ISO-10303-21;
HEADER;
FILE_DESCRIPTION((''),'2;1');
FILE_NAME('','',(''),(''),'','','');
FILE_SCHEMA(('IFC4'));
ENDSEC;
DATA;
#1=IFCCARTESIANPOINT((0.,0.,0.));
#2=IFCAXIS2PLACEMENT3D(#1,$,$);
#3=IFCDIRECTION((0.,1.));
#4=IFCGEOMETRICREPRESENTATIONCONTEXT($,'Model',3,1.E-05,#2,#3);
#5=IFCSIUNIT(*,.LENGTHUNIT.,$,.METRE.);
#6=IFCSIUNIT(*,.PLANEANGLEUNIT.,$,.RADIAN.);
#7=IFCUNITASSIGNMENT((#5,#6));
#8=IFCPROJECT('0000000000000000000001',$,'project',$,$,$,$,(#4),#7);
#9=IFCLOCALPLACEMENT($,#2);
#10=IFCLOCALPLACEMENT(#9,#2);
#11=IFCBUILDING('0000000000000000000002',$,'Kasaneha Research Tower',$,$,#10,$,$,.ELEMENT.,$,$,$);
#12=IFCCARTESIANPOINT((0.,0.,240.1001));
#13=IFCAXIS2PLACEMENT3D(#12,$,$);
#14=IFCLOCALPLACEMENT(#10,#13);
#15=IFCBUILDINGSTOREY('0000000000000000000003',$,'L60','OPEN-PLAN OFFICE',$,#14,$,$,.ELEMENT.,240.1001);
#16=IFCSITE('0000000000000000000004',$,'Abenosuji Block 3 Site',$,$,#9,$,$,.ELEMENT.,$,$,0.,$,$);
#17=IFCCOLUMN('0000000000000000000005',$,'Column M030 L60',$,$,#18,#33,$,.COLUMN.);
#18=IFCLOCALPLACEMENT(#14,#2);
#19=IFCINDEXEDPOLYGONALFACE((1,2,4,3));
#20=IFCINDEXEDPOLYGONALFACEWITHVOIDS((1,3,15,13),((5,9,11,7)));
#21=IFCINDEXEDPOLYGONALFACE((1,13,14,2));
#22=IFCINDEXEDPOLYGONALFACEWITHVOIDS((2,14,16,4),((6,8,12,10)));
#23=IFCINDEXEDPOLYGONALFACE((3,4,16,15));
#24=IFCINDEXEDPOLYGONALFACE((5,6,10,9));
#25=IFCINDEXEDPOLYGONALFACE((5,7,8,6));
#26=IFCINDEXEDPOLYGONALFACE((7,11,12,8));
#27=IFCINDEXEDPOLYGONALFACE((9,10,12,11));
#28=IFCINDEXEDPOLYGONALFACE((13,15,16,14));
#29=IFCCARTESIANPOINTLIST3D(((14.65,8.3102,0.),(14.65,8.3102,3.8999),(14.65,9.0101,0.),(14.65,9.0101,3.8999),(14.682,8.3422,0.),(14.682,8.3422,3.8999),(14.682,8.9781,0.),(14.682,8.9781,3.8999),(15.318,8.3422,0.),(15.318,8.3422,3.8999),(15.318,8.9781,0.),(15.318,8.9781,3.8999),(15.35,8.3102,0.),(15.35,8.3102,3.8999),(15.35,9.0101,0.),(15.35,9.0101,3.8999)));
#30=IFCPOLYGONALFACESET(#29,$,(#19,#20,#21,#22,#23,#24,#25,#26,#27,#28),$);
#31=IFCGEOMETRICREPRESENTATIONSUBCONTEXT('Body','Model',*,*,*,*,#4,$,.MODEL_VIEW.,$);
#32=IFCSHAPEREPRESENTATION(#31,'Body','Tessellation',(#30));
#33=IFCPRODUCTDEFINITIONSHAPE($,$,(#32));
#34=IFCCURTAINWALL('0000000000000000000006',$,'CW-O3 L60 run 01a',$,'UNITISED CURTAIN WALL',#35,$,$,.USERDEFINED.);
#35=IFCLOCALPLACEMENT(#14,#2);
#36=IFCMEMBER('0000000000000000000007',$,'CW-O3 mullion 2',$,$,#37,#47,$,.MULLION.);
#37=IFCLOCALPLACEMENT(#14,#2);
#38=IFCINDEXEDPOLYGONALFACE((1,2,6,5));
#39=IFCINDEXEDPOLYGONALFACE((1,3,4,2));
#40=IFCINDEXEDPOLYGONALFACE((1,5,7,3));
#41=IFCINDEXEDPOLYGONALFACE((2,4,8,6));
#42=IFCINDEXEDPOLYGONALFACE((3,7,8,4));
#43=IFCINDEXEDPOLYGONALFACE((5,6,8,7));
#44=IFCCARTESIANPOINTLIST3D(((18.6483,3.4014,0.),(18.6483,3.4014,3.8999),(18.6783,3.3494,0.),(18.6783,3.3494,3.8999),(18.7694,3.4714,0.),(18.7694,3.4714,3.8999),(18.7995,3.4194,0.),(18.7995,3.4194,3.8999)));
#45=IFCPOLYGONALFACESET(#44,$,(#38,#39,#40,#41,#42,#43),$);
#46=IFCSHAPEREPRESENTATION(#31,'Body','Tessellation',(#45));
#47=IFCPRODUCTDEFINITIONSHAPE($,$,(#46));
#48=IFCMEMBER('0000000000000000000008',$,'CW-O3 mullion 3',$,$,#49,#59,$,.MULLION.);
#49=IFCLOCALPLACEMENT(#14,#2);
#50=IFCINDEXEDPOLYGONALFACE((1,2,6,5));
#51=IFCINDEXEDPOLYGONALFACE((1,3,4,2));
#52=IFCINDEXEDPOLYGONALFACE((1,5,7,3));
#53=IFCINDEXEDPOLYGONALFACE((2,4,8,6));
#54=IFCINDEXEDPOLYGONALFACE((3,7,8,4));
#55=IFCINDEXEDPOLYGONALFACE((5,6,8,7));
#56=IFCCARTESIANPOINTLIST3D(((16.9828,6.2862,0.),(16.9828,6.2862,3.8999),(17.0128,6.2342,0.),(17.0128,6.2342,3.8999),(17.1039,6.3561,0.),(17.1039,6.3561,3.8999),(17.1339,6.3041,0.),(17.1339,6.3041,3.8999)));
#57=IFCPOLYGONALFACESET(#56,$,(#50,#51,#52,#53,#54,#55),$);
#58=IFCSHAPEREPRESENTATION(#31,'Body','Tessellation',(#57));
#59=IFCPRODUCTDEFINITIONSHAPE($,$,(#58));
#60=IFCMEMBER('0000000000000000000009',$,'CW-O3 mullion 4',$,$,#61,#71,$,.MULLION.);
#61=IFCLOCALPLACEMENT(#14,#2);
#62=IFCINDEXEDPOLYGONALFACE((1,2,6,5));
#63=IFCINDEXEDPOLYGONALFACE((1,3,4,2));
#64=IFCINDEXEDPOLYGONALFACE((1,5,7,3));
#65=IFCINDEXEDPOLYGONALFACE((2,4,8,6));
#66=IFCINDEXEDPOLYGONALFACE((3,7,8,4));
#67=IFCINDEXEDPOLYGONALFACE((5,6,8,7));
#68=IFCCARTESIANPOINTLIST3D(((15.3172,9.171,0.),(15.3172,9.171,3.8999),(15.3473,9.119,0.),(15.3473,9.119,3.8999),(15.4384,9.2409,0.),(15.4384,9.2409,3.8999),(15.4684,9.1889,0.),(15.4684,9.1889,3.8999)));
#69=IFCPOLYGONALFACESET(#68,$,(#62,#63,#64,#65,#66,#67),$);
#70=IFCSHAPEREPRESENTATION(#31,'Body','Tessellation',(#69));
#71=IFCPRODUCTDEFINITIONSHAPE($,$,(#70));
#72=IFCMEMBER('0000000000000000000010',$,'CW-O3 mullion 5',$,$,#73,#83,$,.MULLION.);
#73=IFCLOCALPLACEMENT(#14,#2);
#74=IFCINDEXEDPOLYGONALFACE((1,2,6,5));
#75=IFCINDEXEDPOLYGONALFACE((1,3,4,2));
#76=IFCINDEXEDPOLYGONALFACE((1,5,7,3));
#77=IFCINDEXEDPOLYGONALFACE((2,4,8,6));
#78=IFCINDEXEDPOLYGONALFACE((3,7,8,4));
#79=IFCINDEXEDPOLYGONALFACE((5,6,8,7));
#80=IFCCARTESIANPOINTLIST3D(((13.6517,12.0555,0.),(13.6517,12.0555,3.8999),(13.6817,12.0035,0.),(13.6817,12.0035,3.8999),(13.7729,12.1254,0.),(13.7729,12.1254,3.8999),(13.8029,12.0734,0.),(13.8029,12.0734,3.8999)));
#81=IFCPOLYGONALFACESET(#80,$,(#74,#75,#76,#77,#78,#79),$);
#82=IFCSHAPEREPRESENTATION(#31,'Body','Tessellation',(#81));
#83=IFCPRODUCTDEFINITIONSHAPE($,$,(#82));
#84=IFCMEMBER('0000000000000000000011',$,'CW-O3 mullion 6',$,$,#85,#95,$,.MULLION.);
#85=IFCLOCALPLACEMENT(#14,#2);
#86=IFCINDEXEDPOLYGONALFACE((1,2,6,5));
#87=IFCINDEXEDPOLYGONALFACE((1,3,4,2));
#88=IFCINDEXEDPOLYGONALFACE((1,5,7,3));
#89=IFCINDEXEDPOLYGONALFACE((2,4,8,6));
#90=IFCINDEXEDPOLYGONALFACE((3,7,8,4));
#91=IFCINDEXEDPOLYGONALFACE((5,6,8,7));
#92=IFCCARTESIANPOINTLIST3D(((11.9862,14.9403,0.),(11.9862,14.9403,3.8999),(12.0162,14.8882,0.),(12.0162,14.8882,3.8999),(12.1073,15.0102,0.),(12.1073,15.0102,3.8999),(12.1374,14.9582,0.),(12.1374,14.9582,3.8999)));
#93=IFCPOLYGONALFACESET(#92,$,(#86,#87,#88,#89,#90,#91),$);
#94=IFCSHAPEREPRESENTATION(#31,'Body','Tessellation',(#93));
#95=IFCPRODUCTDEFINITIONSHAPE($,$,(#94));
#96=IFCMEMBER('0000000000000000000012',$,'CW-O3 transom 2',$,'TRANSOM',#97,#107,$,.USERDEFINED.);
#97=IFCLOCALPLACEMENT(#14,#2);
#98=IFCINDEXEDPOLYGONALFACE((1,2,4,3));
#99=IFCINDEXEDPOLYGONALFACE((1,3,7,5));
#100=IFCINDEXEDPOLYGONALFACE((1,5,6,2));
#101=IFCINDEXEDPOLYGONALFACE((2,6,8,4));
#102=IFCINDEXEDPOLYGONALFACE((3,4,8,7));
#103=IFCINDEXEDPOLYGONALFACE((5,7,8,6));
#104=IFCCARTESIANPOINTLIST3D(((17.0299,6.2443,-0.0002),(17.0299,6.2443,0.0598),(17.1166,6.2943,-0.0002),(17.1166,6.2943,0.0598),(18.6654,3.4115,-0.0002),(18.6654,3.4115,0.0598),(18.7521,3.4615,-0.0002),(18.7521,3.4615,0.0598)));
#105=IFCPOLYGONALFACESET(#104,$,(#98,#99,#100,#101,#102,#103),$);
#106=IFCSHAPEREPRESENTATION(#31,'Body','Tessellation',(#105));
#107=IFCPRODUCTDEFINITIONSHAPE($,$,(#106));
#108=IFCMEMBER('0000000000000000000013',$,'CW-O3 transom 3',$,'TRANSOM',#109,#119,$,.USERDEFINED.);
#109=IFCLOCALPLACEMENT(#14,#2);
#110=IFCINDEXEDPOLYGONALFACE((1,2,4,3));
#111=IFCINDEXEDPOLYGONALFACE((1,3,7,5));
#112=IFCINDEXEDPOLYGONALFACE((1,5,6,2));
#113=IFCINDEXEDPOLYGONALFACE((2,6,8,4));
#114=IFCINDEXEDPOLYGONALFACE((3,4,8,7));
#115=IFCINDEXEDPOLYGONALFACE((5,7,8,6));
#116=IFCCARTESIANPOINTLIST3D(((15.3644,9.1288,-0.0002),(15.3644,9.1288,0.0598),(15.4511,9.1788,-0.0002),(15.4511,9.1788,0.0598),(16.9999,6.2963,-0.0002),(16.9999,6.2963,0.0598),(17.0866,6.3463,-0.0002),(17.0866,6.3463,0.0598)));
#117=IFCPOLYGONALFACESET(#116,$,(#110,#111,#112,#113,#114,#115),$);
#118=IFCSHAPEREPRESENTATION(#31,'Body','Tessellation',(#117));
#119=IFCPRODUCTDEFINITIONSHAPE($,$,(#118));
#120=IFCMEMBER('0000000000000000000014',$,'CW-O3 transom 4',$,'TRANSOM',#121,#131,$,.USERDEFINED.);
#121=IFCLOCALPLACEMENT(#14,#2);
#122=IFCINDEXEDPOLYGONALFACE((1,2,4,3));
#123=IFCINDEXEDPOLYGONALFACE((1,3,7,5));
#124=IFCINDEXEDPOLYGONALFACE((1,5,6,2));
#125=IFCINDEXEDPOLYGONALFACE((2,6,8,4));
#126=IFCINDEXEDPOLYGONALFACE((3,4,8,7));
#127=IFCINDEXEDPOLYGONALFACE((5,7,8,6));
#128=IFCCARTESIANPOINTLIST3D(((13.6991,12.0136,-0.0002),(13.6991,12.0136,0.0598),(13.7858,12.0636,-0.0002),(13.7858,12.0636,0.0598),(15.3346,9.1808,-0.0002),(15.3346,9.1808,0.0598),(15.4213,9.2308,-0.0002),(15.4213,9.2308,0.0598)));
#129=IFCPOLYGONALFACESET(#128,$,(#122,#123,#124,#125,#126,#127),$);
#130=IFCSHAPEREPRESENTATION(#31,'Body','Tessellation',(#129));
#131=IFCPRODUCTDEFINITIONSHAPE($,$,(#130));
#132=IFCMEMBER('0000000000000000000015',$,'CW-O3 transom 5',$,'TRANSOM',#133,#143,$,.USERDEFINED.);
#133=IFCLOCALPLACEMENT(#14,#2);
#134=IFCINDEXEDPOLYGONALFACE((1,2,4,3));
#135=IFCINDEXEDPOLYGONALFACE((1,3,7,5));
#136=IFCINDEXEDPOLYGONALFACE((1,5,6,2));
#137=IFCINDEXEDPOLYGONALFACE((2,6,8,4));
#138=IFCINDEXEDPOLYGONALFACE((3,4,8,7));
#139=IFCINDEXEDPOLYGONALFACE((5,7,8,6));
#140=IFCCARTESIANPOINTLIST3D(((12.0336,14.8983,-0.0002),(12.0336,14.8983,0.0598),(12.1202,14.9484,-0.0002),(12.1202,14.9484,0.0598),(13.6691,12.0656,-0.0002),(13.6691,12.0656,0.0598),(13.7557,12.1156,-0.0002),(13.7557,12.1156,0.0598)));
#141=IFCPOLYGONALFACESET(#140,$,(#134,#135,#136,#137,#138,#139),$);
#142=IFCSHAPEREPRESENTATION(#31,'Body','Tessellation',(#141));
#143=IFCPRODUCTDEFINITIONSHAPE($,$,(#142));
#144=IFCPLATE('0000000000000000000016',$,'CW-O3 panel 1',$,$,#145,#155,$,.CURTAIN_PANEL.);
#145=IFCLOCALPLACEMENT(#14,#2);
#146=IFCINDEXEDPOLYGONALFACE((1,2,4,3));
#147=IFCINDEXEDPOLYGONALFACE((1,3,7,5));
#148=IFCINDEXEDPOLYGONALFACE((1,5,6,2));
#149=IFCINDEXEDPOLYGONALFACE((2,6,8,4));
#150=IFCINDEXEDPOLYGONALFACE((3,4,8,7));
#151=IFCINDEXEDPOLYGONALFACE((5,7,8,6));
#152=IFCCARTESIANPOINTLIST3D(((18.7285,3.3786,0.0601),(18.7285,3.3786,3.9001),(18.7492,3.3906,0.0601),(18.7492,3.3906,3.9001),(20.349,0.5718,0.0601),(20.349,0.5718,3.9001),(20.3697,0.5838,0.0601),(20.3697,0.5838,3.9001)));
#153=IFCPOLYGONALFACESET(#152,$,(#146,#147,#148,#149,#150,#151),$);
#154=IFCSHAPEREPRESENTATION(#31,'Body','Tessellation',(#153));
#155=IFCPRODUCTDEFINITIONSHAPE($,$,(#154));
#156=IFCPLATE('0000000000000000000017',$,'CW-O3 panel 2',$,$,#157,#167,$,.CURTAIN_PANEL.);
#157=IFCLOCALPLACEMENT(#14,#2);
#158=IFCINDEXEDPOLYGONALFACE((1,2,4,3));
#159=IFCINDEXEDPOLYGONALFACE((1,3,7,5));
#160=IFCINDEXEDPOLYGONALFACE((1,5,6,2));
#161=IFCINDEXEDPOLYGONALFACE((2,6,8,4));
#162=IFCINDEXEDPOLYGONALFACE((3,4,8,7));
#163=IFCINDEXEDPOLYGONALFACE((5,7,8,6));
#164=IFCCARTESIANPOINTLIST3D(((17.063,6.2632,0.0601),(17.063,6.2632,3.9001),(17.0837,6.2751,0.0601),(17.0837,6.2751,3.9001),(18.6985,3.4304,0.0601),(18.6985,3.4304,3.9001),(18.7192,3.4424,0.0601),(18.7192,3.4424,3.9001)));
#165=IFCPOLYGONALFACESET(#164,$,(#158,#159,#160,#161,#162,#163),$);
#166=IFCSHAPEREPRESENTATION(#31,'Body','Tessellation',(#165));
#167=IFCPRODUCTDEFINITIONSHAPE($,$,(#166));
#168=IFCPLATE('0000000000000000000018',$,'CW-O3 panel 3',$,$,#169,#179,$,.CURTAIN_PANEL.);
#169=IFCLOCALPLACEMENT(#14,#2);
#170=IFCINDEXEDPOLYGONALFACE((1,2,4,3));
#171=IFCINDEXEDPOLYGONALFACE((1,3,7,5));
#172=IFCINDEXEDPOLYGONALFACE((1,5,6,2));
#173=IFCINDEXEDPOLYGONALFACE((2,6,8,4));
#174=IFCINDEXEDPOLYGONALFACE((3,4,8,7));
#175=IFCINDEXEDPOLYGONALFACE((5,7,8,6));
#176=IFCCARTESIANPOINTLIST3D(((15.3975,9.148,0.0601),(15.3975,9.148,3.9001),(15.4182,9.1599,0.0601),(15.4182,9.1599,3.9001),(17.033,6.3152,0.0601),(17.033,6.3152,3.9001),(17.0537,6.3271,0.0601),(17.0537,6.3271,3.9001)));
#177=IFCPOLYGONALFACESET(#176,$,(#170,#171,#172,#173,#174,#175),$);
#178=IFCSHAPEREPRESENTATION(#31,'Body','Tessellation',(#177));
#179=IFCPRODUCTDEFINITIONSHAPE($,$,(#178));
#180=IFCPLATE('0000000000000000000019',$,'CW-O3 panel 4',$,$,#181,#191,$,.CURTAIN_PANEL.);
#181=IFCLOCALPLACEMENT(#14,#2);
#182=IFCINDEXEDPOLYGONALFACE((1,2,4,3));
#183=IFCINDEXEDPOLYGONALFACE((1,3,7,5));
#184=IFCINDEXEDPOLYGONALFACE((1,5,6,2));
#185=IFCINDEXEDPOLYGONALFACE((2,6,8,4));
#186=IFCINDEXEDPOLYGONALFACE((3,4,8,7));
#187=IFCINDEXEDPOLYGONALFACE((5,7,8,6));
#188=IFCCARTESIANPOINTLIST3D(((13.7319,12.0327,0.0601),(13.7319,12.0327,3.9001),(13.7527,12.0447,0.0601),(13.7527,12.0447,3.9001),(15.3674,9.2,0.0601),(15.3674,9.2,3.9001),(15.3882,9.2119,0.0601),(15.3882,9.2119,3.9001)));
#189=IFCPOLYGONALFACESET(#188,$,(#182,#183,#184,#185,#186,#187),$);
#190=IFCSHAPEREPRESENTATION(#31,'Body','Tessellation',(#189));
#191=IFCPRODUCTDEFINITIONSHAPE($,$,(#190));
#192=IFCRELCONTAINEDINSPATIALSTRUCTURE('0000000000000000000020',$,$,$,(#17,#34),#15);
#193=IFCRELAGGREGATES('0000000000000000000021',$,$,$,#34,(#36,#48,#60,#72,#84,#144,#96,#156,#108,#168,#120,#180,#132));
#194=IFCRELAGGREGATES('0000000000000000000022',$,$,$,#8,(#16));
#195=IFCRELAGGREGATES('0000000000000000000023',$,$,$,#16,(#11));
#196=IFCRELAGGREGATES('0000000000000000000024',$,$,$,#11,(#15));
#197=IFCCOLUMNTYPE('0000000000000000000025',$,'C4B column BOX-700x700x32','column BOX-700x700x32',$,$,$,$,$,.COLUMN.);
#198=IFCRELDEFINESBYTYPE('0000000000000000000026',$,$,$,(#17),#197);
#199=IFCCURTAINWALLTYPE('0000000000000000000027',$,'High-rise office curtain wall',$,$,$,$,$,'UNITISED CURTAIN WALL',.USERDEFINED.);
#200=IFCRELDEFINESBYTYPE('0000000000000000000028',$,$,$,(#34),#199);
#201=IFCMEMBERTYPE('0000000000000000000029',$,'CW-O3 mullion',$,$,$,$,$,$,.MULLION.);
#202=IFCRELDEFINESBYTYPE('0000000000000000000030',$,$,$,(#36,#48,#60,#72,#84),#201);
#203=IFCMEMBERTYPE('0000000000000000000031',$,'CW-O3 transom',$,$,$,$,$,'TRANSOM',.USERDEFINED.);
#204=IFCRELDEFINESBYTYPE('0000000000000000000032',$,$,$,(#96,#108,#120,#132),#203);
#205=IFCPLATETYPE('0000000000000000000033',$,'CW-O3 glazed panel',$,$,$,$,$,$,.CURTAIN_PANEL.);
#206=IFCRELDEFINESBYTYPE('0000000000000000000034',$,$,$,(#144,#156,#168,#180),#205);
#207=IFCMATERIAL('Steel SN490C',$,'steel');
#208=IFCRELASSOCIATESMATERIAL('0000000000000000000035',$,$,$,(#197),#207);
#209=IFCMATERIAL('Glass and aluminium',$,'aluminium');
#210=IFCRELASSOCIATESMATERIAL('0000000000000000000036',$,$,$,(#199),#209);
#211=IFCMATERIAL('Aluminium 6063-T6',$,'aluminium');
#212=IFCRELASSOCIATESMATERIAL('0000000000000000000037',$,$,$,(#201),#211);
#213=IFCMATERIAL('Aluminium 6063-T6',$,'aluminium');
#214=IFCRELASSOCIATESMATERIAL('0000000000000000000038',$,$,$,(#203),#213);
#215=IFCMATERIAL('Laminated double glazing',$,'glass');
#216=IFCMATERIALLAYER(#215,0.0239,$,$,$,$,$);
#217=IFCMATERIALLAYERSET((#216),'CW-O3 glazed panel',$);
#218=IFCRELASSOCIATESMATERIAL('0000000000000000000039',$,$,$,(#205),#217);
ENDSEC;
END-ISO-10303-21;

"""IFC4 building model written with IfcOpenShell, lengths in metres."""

from ifc_helpers import new_model, si_unit, direction, frame, origin, origin_2d, place, context, subcontext, project, spatial, rectangle, hollow_rectangle, extrude, material, layer, layer_set, material_profile, profile_set, type_object, element, aggregate, save


model = new_model("IFC4")

# Units and contexts
model_context = context("Model", 3, precision=1e-05, world=origin(), true_north=direction((0.0, 1.0)))
body_context = subcontext(model_context, "Body", "Model", "MODEL_VIEW")
ifc_project = project(units=[si_unit("LENGTHUNIT", "METRE"), si_unit("PLANEANGLEUNIT", "RADIAN")], contexts=[model_context])

# Site, building, storey
site_placement = place(None, origin())
site = spatial("IfcSite", under=ifc_project, at=site_placement, Name="Abenosuji Block 3 Site", CompositionType="ELEMENT", RefElevation=0.0)
building_placement = place(site_placement, origin())
building = spatial("IfcBuilding", under=site, at=building_placement, Name="Kasaneha Research Tower", CompositionType="ELEMENT")
storey_placement = place(building_placement, frame((0.0, 0.0, 240.1001)))
storey = spatial("IfcBuildingStorey", under=building, at=storey_placement, Name="L60", Description="OPEN-PLAN OFFICE", CompositionType="ELEMENT", Elevation=240.1001)

# Column
ifc_material_1 = material(Name="Steel SN490C", Category="steel")
ifc_material_profile_1 = material_profile(ifc_material_1, hollow_rectangle(XDim=0.7, YDim=0.7, WallThickness=0.032, at=origin_2d()), Name="BOX-700x700x32")
ifc_profile_set_1 = profile_set([ifc_material_profile_1], Name="Steel SN490C")
column_type = type_object("IfcColumnType", Name="C4B column BOX-700x700x32", Description="column BOX-700x700x32", PredefinedType="COLUMN", material=ifc_profile_set_1)
column_placement = place(storey_placement, frame((15.0, 8.6602, 0.0), z_axis=(0.0, 0.0, 1.0), x_axis=(1.0, 0.0, 0.0)))
element("IfcColumn", 1, at=column_placement, inside=storey, type_object=column_type, Name="Column M030 L60", PredefinedType="COLUMN", context=body_context, shape_type="SweptSolid", body=[
    extrude(hollow_rectangle(XDim=0.7, YDim=0.7, WallThickness=0.032, at=origin_2d()), origin(), (0.0, 0.0, 1.0), 3.8999),
])

# Curtain wall, members, plates
ifc_material_2 = material(Name="Glass and aluminium", Category="aluminium")
curtain_wall_type = type_object("IfcCurtainWallType", Name="High-rise office curtain wall", ElementType="UNITISED CURTAIN WALL", PredefinedType="USERDEFINED", material=ifc_material_2)
curtain_wall_placement = place(storey_placement, origin())
curtain_wall = element("IfcCurtainWall", 2, at=curtain_wall_placement, inside=storey, type_object=curtain_wall_type, Name="CW-O3 L60 run 01a", ObjectType="UNITISED CURTAIN WALL", PredefinedType="USERDEFINED")
ifc_material_3 = material(Name="Aluminium 6063-T6", Category="aluminium")
ifc_material_profile_2 = material_profile(ifc_material_3, rectangle(XDim=0.0601, YDim=0.1399, at=origin_2d()), Name="CW-O3 mullion 60x140")
ifc_profile_set_2 = profile_set([ifc_material_profile_2], Name="Aluminium 6063-T6")
member_type_1 = type_object("IfcMemberType", Name="CW-O3 mullion", PredefinedType="MULLION", material=ifc_profile_set_2)
member_1_placement = place(storey_placement, frame((18.7239, 3.4104, 0.0), z_axis=(0.0, 0.0, 1.0), x_axis=(-0.5, 0.866025, 0.0)))
member_1 = element("IfcMember", 3, at=member_1_placement, type_object=member_type_1, Name="CW-O3 mullion 2", PredefinedType="MULLION", context=body_context, shape_type="SweptSolid", body=[
    extrude(rectangle(XDim=0.0601, YDim=0.1399, at=origin_2d()), origin(), (0.0, 0.0, 1.0), 3.8999),
])
member_2_placement = place(storey_placement, frame((17.0583, 6.2952, 0.0), z_axis=(0.0, 0.0, 1.0), x_axis=(-0.5, 0.866025, 0.0)))
member_2 = element("IfcMember", 4, at=member_2_placement, type_object=member_type_1, Name="CW-O3 mullion 3", PredefinedType="MULLION", context=body_context, shape_type="SweptSolid", body=[
    extrude(rectangle(XDim=0.0601, YDim=0.1399, at=origin_2d()), origin(), (0.0, 0.0, 1.0), 3.8999),
])
member_3_placement = place(storey_placement, frame((15.3928, 9.1799, 0.0), z_axis=(0.0, 0.0, 1.0), x_axis=(-0.5, 0.866025, 0.0)))
member_3 = element("IfcMember", 5, at=member_3_placement, type_object=member_type_1, Name="CW-O3 mullion 4", PredefinedType="MULLION", context=body_context, shape_type="SweptSolid", body=[
    extrude(rectangle(XDim=0.0601, YDim=0.1399, at=origin_2d()), origin(), (0.0, 0.0, 1.0), 3.8999),
])
member_4_placement = place(storey_placement, frame((13.7273, 12.0645, 0.0), z_axis=(0.0, 0.0, 1.0), x_axis=(-0.5, 0.866025, 0.0)))
member_4 = element("IfcMember", 6, at=member_4_placement, type_object=member_type_1, Name="CW-O3 mullion 5", PredefinedType="MULLION", context=body_context, shape_type="SweptSolid", body=[
    extrude(rectangle(XDim=0.0601, YDim=0.1399, at=origin_2d()), origin(), (0.0, 0.0, 1.0), 3.8999),
])
member_5_placement = place(storey_placement, frame((12.0618, 14.9492, 0.0), z_axis=(0.0, 0.0, 1.0), x_axis=(-0.5, 0.866025, 0.0)))
member_5 = element("IfcMember", 7, at=member_5_placement, type_object=member_type_1, Name="CW-O3 mullion 6", PredefinedType="MULLION", context=body_context, shape_type="SweptSolid", body=[
    extrude(rectangle(XDim=0.0601, YDim=0.1399, at=origin_2d()), origin(), (0.0, 0.0, 1.0), 3.8999),
])
ifc_material_4 = material(Name="Aluminium 6063-T6", Category="aluminium")
ifc_material_profile_3 = material_profile(ifc_material_4, rectangle(XDim=0.1001, YDim=0.0601, at=origin_2d()), Name="CW-O3 transom 100x60")
ifc_profile_set_3 = profile_set([ifc_material_profile_3], Name="Aluminium 6063-T6")
member_type_2 = type_object("IfcMemberType", Name="CW-O3 transom", ElementType="TRANSOM", PredefinedType="USERDEFINED", material=ifc_profile_set_3)
member_6_placement = place(storey_placement, frame((18.7087, 3.4365, 0.0298), z_axis=(-0.5, 0.866025, 0.0), x_axis=(-0.866025, -0.5, 0.0)))
member_6 = element("IfcMember", 8, at=member_6_placement, type_object=member_type_2, Name="CW-O3 transom 2", ObjectType="TRANSOM", PredefinedType="USERDEFINED", context=body_context, shape_type="SweptSolid", body=[
    extrude(rectangle(XDim=0.1001, YDim=0.0601, at=origin_2d()), origin(), (0.0, 0.0, 1.0), 3.271),
])
member_7_placement = place(storey_placement, frame((17.0432, 6.3213, 0.0298), z_axis=(-0.500033, 0.866007, 0.0), x_axis=(-0.866007, -0.500033, 0.0)))
member_7 = element("IfcMember", 9, at=member_7_placement, type_object=member_type_2, Name="CW-O3 transom 3", ObjectType="TRANSOM", PredefinedType="USERDEFINED", context=body_context, shape_type="SweptSolid", body=[
    extrude(rectangle(XDim=0.1001, YDim=0.0601, at=origin_2d()), origin(), (0.0, 0.0, 1.0), 3.2708),
])
member_8_placement = place(storey_placement, frame((15.3779, 9.2058, 0.0298), z_axis=(-0.5, 0.866025, 0.0), x_axis=(-0.866025, -0.5, 0.0)))
member_8 = element("IfcMember", 10, at=member_8_placement, type_object=member_type_2, Name="CW-O3 transom 4", ObjectType="TRANSOM", PredefinedType="USERDEFINED", context=body_context, shape_type="SweptSolid", body=[
    extrude(rectangle(XDim=0.1001, YDim=0.0601, at=origin_2d()), origin(), (0.0, 0.0, 1.0), 3.271),
])
member_9_placement = place(storey_placement, frame((13.7124, 12.0906, 0.0298), z_axis=(-0.5, 0.866025, 0.0), x_axis=(-0.866025, -0.5, 0.0)))
member_9 = element("IfcMember", 11, at=member_9_placement, type_object=member_type_2, Name="CW-O3 transom 5", ObjectType="TRANSOM", PredefinedType="USERDEFINED", context=body_context, shape_type="SweptSolid", body=[
    extrude(rectangle(XDim=0.1001, YDim=0.0601, at=origin_2d()), origin(), (0.0, 0.0, 1.0), 3.271),
])
ifc_material_5 = material(Name="Laminated double glazing", Category="glass")
ifc_layer_1 = layer(ifc_material_5, 0.0239)
ifc_layer_set_1 = layer_set([ifc_layer_1], Name="CW-O3 glazed panel")
plate_type = type_object("IfcPlateType", Name="CW-O3 glazed panel", PredefinedType="CURTAIN_PANEL", material=ifc_layer_set_1)
plate_1_placement = place(storey_placement, frame((19.5491, 1.9812, 0.0601), z_axis=(0.0, 0.0, 1.0), x_axis=(-0.5, 0.866025, 0.0)))
plate_1 = element("IfcPlate", 12, at=plate_1_placement, type_object=plate_type, Name="CW-O3 panel 1", PredefinedType="CURTAIN_PANEL", context=body_context, shape_type="SweptSolid", body=[
    extrude(rectangle(XDim=3.241, YDim=0.0239, at=origin_2d()), origin(), (0.0, 0.0, 1.0), 3.8401),
])
plate_2_placement = place(storey_placement, frame((17.8911, 4.8528, 0.0601), z_axis=(0.0, 0.0, 1.0), x_axis=(-0.5, 0.866025, 0.0)))
plate_2 = element("IfcPlate", 13, at=plate_2_placement, type_object=plate_type, Name="CW-O3 panel 2", PredefinedType="CURTAIN_PANEL", context=body_context, shape_type="SweptSolid", body=[
    extrude(rectangle(XDim=3.271, YDim=0.0239, at=origin_2d()), origin(), (0.0, 0.0, 1.0), 3.8401),
])
plate_3_placement = place(storey_placement, frame((16.2256, 7.7375, 0.0601), z_axis=(0.0, 0.0, 1.0), x_axis=(-0.5, 0.866025, 0.0)))
plate_3 = element("IfcPlate", 14, at=plate_3_placement, type_object=plate_type, Name="CW-O3 panel 3", PredefinedType="CURTAIN_PANEL", context=body_context, shape_type="SweptSolid", body=[
    extrude(rectangle(XDim=3.271, YDim=0.0239, at=origin_2d()), origin(), (0.0, 0.0, 1.0), 3.8401),
])
plate_4_placement = place(storey_placement, frame((14.5601, 10.6223, 0.0601), z_axis=(0.0, 0.0, 1.0), x_axis=(-0.5, 0.866025, 0.0)))
plate_4 = element("IfcPlate", 15, at=plate_4_placement, type_object=plate_type, Name="CW-O3 panel 4", PredefinedType="CURTAIN_PANEL", context=body_context, shape_type="SweptSolid", body=[
    extrude(rectangle(XDim=3.271, YDim=0.0239, at=origin_2d()), origin(), (0.0, 0.0, 1.0), 3.8401),
])
aggregate(curtain_wall, [member_1, member_2, member_3, member_4, member_5, plate_1, member_6, plate_2, member_7, plate_3, member_8, plate_4, member_9])

save(model, "model.ifc")
